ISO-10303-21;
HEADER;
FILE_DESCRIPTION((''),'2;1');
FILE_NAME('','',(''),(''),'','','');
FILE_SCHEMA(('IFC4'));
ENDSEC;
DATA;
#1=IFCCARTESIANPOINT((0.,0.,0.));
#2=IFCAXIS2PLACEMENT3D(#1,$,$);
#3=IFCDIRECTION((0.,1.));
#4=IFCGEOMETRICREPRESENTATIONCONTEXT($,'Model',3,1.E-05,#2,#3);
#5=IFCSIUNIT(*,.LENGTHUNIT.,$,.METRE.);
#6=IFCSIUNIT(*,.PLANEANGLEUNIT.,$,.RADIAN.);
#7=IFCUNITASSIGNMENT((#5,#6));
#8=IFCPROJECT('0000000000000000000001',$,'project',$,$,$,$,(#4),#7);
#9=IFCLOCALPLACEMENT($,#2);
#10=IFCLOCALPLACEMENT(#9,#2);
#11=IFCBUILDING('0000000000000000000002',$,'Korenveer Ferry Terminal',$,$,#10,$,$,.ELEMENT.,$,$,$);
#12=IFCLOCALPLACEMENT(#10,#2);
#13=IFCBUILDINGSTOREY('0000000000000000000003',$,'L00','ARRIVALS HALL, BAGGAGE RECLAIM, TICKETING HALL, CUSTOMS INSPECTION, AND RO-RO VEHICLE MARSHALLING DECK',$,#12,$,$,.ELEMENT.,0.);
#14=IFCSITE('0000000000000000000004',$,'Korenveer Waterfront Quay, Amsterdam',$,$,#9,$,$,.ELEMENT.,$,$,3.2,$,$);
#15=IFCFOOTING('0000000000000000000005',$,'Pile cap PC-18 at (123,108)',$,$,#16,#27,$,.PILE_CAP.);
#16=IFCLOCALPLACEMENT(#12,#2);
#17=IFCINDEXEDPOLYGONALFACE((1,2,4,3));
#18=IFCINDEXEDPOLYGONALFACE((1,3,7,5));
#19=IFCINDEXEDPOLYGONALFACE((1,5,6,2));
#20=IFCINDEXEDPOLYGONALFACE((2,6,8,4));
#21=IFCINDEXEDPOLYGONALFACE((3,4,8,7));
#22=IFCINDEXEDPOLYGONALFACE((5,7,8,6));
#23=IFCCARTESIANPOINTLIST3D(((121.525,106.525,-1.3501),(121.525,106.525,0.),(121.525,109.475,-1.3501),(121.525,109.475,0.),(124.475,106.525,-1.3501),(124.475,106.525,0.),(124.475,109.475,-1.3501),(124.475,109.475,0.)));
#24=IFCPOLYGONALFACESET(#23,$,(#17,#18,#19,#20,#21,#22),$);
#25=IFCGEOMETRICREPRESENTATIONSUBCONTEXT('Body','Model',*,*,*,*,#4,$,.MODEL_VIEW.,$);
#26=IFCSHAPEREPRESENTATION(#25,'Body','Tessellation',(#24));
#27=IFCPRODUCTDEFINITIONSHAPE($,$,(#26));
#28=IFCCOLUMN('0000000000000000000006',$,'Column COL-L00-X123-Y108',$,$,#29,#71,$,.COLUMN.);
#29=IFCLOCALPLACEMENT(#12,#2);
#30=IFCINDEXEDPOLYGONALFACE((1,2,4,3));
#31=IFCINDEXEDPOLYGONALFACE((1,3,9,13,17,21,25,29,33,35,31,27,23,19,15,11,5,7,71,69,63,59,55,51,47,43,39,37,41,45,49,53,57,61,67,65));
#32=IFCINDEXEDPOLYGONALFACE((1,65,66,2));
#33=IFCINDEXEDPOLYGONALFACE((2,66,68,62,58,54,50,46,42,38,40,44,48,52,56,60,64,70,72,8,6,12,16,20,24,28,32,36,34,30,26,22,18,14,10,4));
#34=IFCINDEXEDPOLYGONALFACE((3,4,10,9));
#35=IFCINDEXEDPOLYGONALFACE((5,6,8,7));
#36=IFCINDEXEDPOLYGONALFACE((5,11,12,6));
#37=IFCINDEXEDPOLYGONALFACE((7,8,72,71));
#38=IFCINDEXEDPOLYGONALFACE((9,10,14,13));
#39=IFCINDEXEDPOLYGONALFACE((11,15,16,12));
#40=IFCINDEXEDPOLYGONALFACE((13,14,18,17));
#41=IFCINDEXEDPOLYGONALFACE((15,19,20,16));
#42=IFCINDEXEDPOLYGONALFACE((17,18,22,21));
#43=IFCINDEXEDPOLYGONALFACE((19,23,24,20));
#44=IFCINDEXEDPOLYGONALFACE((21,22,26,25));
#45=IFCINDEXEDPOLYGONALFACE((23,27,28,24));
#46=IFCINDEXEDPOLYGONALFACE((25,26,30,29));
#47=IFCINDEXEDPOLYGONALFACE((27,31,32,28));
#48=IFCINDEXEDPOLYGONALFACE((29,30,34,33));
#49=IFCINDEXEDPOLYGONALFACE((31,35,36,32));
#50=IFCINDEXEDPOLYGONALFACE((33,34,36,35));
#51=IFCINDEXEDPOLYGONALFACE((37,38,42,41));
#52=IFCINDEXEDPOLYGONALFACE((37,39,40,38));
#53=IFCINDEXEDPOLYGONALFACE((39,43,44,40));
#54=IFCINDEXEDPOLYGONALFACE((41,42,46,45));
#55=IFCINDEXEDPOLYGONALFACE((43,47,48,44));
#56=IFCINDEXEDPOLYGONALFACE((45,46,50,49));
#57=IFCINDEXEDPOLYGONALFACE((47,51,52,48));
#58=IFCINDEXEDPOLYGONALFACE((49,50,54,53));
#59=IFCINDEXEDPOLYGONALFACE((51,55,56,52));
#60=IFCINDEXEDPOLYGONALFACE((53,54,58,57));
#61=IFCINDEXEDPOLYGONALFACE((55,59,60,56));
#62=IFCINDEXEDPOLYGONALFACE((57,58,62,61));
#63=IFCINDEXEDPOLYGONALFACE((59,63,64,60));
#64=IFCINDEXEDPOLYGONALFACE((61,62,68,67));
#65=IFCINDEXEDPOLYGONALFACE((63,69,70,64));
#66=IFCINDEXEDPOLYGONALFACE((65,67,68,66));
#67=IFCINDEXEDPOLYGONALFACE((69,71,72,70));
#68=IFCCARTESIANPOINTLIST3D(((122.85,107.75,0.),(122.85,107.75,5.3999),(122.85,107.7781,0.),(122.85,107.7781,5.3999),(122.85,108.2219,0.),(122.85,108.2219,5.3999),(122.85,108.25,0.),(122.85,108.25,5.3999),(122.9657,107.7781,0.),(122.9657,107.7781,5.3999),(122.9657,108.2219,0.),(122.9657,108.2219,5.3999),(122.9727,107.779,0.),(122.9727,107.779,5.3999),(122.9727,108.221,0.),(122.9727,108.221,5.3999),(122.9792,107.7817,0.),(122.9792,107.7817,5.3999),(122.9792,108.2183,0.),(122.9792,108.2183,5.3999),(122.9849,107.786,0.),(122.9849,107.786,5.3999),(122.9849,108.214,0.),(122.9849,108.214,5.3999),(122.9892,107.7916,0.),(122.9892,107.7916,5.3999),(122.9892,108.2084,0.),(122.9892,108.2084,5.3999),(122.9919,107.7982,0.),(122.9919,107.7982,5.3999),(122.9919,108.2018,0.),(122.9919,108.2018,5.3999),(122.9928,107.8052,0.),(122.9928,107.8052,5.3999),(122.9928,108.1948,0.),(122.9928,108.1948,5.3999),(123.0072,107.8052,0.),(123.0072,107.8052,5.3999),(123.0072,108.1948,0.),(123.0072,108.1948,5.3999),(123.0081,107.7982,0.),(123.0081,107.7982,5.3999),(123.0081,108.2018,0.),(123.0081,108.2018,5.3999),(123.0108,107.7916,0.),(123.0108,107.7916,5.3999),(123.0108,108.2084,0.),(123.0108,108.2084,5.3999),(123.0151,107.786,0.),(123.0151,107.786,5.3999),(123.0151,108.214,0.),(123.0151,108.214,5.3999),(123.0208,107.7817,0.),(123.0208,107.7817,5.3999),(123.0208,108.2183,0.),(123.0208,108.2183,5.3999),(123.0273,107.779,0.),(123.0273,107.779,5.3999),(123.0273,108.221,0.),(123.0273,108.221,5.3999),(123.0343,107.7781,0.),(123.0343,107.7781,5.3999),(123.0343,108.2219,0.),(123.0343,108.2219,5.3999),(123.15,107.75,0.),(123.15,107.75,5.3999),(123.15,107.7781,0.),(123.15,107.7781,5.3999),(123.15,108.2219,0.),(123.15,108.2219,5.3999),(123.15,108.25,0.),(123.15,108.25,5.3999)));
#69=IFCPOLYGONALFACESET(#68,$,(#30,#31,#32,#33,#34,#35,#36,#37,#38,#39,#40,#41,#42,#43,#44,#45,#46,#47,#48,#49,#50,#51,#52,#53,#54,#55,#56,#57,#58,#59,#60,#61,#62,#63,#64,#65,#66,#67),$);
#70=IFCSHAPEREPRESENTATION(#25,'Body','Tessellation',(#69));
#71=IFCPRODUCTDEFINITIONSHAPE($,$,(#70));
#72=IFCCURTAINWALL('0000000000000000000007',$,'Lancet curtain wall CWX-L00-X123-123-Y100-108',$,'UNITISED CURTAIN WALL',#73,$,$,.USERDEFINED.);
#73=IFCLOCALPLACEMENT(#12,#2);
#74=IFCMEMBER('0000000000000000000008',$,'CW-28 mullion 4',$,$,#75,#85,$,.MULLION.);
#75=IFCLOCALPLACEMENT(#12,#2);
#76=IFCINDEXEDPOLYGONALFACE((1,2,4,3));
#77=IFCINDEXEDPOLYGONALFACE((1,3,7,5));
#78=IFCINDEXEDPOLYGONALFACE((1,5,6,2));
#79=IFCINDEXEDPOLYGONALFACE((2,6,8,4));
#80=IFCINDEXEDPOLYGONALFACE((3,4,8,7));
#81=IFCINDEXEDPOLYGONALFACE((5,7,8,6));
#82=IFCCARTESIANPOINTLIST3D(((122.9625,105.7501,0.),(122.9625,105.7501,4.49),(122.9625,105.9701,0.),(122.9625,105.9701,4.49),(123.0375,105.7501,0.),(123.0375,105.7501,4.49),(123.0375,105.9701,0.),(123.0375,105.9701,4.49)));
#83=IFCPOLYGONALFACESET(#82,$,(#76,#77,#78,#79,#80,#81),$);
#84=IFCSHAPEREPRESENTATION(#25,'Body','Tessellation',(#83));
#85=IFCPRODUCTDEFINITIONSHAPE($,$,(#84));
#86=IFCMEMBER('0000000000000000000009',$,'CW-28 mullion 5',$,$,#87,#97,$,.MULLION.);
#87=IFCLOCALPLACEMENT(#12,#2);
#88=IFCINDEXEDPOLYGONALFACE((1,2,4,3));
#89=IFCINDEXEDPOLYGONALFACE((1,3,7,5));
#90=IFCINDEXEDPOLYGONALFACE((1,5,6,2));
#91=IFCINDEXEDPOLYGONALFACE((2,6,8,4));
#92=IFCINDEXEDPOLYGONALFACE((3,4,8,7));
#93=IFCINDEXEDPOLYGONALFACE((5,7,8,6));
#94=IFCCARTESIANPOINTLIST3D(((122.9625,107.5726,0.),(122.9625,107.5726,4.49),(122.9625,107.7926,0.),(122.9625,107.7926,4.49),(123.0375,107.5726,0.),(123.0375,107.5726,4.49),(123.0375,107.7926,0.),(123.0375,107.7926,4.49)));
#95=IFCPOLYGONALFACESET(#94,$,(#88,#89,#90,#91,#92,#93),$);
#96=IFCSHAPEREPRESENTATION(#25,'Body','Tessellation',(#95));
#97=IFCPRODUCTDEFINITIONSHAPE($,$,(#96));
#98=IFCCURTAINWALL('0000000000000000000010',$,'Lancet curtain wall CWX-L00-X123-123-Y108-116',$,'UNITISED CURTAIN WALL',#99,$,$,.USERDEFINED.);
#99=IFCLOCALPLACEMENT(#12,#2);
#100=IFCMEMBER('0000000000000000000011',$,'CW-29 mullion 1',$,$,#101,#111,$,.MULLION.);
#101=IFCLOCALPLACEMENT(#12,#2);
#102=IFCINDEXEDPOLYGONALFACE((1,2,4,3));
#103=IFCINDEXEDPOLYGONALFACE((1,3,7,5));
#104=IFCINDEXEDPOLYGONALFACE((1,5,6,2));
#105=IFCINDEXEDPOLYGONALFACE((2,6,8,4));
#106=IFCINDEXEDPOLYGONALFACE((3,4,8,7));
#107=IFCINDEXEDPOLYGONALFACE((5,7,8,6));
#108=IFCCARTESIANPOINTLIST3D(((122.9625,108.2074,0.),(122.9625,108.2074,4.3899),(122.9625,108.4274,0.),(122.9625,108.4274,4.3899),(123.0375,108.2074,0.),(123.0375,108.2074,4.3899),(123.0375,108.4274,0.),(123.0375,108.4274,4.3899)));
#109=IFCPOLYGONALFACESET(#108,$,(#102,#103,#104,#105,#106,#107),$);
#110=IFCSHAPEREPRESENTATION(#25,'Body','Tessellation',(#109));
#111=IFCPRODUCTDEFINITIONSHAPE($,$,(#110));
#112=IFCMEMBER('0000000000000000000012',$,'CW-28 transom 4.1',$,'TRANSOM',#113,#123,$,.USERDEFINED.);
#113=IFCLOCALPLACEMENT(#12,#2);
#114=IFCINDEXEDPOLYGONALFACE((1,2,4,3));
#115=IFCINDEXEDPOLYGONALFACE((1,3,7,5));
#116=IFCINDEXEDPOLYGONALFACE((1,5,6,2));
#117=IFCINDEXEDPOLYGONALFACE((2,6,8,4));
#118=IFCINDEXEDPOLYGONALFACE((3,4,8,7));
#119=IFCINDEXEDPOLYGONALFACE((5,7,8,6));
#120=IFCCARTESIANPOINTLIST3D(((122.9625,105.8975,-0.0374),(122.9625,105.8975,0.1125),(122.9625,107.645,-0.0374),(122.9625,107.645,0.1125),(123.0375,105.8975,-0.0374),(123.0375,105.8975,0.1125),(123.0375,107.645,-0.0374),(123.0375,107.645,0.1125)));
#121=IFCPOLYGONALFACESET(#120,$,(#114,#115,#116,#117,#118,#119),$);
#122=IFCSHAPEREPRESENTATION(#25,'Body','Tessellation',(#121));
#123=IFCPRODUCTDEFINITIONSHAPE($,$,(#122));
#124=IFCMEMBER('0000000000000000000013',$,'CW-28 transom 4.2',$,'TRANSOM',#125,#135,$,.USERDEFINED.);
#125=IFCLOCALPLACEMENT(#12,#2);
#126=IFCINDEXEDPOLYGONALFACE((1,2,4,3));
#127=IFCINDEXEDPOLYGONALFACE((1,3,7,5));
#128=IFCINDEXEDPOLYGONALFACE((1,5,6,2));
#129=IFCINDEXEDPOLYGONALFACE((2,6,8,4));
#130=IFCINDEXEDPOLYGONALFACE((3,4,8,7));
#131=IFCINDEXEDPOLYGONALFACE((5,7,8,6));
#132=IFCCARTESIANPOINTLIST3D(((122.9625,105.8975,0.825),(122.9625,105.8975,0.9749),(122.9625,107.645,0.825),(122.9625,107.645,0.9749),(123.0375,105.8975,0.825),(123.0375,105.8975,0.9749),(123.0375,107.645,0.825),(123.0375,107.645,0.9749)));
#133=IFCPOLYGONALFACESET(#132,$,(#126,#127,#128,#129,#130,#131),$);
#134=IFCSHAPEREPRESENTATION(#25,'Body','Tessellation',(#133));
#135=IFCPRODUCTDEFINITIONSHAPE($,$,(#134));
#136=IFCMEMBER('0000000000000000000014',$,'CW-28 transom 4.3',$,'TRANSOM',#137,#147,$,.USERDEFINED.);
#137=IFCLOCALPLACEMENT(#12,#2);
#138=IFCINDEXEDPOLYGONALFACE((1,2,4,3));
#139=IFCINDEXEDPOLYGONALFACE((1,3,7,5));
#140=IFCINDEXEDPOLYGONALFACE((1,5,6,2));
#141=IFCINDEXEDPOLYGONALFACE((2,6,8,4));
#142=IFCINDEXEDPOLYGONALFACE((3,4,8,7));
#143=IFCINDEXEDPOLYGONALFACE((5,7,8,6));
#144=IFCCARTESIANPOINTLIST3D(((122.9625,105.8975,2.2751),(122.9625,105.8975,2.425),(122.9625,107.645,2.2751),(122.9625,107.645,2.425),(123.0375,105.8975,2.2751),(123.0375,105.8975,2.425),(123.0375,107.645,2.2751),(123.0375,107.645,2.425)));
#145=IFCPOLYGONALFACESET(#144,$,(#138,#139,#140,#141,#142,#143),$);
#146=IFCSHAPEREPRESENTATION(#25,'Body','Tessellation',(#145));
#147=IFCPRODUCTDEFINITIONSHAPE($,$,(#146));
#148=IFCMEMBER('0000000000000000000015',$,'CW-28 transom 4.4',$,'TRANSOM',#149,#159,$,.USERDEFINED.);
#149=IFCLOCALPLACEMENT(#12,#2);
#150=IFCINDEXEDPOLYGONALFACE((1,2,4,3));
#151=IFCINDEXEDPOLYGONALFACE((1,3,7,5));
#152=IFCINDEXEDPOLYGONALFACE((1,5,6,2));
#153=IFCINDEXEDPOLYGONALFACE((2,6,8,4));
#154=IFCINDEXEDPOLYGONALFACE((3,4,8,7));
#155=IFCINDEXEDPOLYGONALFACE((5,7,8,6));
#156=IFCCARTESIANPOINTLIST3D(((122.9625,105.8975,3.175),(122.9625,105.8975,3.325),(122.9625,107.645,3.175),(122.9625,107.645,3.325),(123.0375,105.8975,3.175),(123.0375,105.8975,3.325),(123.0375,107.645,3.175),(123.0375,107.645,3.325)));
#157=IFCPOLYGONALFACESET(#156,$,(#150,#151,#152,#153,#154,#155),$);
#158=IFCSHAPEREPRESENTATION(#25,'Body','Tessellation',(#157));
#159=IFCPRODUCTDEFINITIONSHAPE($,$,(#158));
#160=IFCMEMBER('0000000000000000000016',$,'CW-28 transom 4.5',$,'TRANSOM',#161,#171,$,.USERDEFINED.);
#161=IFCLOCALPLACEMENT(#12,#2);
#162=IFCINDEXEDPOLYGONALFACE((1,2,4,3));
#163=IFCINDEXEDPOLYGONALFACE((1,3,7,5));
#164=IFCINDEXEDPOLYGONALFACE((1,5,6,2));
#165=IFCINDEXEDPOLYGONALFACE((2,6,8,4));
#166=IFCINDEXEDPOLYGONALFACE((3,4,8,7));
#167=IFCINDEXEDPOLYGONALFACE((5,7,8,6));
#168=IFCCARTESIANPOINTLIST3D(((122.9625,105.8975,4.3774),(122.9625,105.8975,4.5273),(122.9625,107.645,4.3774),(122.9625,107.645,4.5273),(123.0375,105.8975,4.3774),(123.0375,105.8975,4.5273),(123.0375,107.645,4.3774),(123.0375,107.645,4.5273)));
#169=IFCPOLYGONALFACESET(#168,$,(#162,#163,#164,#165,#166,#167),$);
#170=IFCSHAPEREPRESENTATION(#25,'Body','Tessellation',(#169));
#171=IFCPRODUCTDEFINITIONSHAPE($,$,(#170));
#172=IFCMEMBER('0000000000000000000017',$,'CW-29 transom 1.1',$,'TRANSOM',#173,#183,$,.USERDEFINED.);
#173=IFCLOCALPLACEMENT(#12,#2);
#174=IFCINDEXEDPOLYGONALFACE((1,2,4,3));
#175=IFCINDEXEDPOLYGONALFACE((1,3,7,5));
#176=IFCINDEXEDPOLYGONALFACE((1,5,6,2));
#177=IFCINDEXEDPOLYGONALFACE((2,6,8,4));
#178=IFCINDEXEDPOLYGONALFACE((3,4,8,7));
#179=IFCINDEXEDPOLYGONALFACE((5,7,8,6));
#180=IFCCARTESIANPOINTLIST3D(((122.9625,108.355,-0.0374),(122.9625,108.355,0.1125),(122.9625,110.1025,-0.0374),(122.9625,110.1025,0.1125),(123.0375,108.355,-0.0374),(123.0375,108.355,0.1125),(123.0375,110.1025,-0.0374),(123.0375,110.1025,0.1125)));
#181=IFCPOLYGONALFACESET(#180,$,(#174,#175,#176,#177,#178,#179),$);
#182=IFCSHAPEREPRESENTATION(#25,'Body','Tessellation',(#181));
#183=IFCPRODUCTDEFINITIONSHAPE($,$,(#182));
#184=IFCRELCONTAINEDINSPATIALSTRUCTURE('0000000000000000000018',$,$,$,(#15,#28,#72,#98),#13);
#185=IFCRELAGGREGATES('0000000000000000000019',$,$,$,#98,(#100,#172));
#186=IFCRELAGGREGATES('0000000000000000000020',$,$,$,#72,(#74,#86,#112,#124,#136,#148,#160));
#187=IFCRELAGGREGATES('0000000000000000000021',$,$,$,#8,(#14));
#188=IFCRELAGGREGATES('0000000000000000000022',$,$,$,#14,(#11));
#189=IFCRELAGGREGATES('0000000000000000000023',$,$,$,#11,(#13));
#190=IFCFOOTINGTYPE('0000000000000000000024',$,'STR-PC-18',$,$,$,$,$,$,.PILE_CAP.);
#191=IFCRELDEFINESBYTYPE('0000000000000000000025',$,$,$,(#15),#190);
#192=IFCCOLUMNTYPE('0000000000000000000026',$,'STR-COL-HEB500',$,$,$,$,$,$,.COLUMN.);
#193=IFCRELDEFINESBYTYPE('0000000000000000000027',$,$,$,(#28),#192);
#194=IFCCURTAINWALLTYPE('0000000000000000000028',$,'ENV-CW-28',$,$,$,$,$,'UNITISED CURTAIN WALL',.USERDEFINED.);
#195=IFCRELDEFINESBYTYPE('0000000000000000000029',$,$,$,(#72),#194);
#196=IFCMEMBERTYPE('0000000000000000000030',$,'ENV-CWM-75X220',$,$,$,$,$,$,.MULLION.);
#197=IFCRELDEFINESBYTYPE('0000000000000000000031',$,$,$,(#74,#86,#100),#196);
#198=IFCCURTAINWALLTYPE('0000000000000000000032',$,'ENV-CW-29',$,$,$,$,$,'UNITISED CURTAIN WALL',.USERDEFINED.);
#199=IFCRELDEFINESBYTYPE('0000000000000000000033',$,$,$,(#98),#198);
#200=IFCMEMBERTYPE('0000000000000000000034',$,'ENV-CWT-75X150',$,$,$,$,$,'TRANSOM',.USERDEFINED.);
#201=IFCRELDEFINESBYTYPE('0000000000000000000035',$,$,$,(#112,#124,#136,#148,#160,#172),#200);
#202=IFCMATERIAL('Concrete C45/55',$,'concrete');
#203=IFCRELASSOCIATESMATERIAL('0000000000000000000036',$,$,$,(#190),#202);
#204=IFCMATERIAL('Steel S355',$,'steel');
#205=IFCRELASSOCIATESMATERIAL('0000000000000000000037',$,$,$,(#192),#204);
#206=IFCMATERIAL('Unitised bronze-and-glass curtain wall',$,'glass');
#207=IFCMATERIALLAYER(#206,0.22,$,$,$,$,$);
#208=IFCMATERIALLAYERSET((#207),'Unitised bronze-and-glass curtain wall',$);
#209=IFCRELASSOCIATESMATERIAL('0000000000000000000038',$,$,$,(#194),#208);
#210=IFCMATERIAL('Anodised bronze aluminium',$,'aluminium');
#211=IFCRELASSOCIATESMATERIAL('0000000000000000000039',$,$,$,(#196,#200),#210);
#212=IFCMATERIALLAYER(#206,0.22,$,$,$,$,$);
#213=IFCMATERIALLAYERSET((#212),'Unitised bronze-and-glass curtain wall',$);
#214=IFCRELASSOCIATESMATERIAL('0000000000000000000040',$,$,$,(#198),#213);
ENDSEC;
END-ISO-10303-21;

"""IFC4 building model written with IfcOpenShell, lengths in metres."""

from ifc_helpers import new_model, si_unit, direction, frame, origin, origin_2d, place, context, subcontext, project, spatial, rectangle, i_section, extrude, material, layer, layer_set, material_profile, profile_set, type_object, element, aggregate, save


model = new_model("IFC4")

# Units and contexts
model_context = context("Model", 3, precision=1e-05, world=origin(), true_north=direction((0.0, 1.0)))
body_context = subcontext(model_context, "Body", "Model", "MODEL_VIEW")
ifc_project = project(units=[si_unit("LENGTHUNIT", "METRE"), si_unit("PLANEANGLEUNIT", "RADIAN")], contexts=[model_context])

# Site, building, storey
site_placement = place(None, origin())
site = spatial("IfcSite", under=ifc_project, at=site_placement, Name="Korenveer Waterfront Quay, Amsterdam", CompositionType="ELEMENT", RefElevation=3.2)
building_placement = place(site_placement, origin())
building = spatial("IfcBuilding", under=site, at=building_placement, Name="Korenveer Ferry Terminal", CompositionType="ELEMENT")
storey_placement = place(building_placement, origin())
storey = spatial("IfcBuildingStorey", under=building, at=storey_placement, Name="L00", Description="ARRIVALS HALL, BAGGAGE RECLAIM, TICKETING HALL, CUSTOMS INSPECTION, AND RO-RO VEHICLE MARSHALLING DECK", CompositionType="ELEMENT", Elevation=0.0)

# Footing
ifc_material_1 = material(Name="Concrete C45/55", Category="concrete")
footing_type = type_object("IfcFootingType", Name="STR-PC-18", PredefinedType="PILE_CAP", material=ifc_material_1)
footing_placement = place(storey_placement, frame((123.0, 108.0, -1.3501), z_axis=(0.0, 0.0, 1.0), x_axis=(1.0, 0.0, 0.0)))
element("IfcFooting", 1, at=footing_placement, inside=storey, type_object=footing_type, Name="Pile cap PC-18 at (123,108)", PredefinedType="PILE_CAP", context=body_context, shape_type="SweptSolid", body=[
    extrude(rectangle(XDim=2.95, YDim=2.95, at=origin_2d()), origin(), (0.0, 0.0, 1.0), 1.3501),
])

# Column
ifc_material_2 = material(Name="Steel S355", Category="steel")
ifc_material_profile_1 = material_profile(ifc_material_2, i_section(OverallWidth=0.3, OverallDepth=0.5, WebThickness=0.0144, FlangeThickness=0.0281, FilletRadius=0.0271, at=origin_2d()), Name="HEB 500")
ifc_profile_set_1 = profile_set([ifc_material_profile_1], Name="Steel S355")
column_type = type_object("IfcColumnType", Name="STR-COL-HEB500", PredefinedType="COLUMN", material=ifc_profile_set_1)
column_placement = place(storey_placement, frame((123.0, 108.0, 0.0), z_axis=(0.0, 0.0, 1.0), x_axis=(1.0, 0.0, 0.0)))
element("IfcColumn", 2, at=column_placement, inside=storey, type_object=column_type, Name="Column COL-L00-X123-Y108", PredefinedType="COLUMN", context=body_context, shape_type="SweptSolid", body=[
    extrude(i_section(OverallWidth=0.3, OverallDepth=0.5, WebThickness=0.0144, FlangeThickness=0.0281, FilletRadius=0.0271, at=origin_2d()), origin(), (0.0, 0.0, 1.0), 5.3999),
])

# Curtain wall, members
ifc_material_3 = material(Name="Unitised bronze-and-glass curtain wall", Category="glass")
ifc_layer_1 = layer(ifc_material_3, 0.22)
ifc_layer_set_1 = layer_set([ifc_layer_1], Name="Unitised bronze-and-glass curtain wall")
curtain_wall_type_1 = type_object("IfcCurtainWallType", Name="ENV-CW-28", ElementType="UNITISED CURTAIN WALL", PredefinedType="USERDEFINED", material=ifc_layer_set_1)
curtain_wall_1_placement = place(storey_placement, frame((123.0, 100.28, 0.0)))
curtain_wall_1 = element("IfcCurtainWall", 3, at=curtain_wall_1_placement, inside=storey, type_object=curtain_wall_type_1, Name="Lancet curtain wall CWX-L00-X123-123-Y100-108", ObjectType="UNITISED CURTAIN WALL", PredefinedType="USERDEFINED")
ifc_material_4 = material(Name="Anodised bronze aluminium", Category="aluminium")
ifc_material_profile_2 = material_profile(ifc_material_4, rectangle(XDim=0.075, YDim=0.22, at=origin_2d()), Name="ALU 75x220")
ifc_profile_set_2 = profile_set([ifc_material_profile_2], Name="Anodised bronze aluminium")
member_type_1 = type_object("IfcMemberType", Name="ENV-CWM-75X220", PredefinedType="MULLION", material=ifc_profile_set_2)
member_1_placement = place(storey_placement, frame((123.0, 105.8601, 0.0), z_axis=(0.0, 0.0, 1.0), x_axis=(-1.0, 0.0, 0.0)))
member_1 = element("IfcMember", 4, at=member_1_placement, type_object=member_type_1, Name="CW-28 mullion 4", PredefinedType="MULLION", context=body_context, shape_type="SweptSolid", body=[
    extrude(rectangle(XDim=0.075, YDim=0.22, at=origin_2d()), origin(), (0.0, 0.0, 1.0), 4.49),
])
member_2_placement = place(storey_placement, frame((123.0, 107.6826, 0.0), z_axis=(0.0, 0.0, 1.0), x_axis=(-1.0, 0.0, 0.0)))
member_2 = element("IfcMember", 5, at=member_2_placement, type_object=member_type_1, Name="CW-28 mullion 5", PredefinedType="MULLION", context=body_context, shape_type="SweptSolid", body=[
    extrude(rectangle(XDim=0.075, YDim=0.22, at=origin_2d()), origin(), (0.0, 0.0, 1.0), 4.49),
])

# Curtain wall, member
ifc_layer_2 = layer(ifc_material_3, 0.22)
ifc_layer_set_2 = layer_set([ifc_layer_2], Name="Unitised bronze-and-glass curtain wall")
curtain_wall_type_2 = type_object("IfcCurtainWallType", Name="ENV-CW-29", ElementType="UNITISED CURTAIN WALL", PredefinedType="USERDEFINED", material=ifc_layer_set_2)
curtain_wall_2_placement = place(storey_placement, frame((123.0, 108.28, 0.0)))
curtain_wall_2 = element("IfcCurtainWall", 6, at=curtain_wall_2_placement, inside=storey, type_object=curtain_wall_type_2, Name="Lancet curtain wall CWX-L00-X123-123-Y108-116", ObjectType="UNITISED CURTAIN WALL", PredefinedType="USERDEFINED")
member_3_placement = place(storey_placement, frame((123.0, 108.3174, 0.0), z_axis=(0.0, 0.0, 1.0), x_axis=(-1.0, 0.0, 0.0)))
member_3 = element("IfcMember", 7, at=member_3_placement, type_object=member_type_1, Name="CW-29 mullion 1", PredefinedType="MULLION", context=body_context, shape_type="SweptSolid", body=[
    extrude(rectangle(XDim=0.075, YDim=0.22, at=origin_2d()), origin(), (0.0, 0.0, 1.0), 4.3899),
])

# Members
ifc_material_profile_3 = material_profile(ifc_material_4, rectangle(XDim=0.075, YDim=0.1499, at=origin_2d()), Name="ALU 75x150")
ifc_profile_set_3 = profile_set([ifc_material_profile_3], Name="Anodised bronze aluminium")
member_type_2 = type_object("IfcMemberType", Name="ENV-CWT-75X150", ElementType="TRANSOM", PredefinedType="USERDEFINED", material=ifc_profile_set_3)
member_4_placement = place(storey_placement, frame((123.0, 105.8975, 0.0376), z_axis=(0.0, 1.0, 0.0), x_axis=(-1.0, 0.0, 0.0)))
member_4 = element("IfcMember", 8, at=member_4_placement, type_object=member_type_2, Name="CW-28 transom 4.1", ObjectType="TRANSOM", PredefinedType="USERDEFINED", context=body_context, shape_type="SweptSolid", body=[
    extrude(rectangle(XDim=0.075, YDim=0.1499, at=origin_2d()), origin(), (0.0, 0.0, 1.0), 1.7476),
])
member_5_placement = place(storey_placement, frame((123.0, 105.8975, 0.8999), z_axis=(0.0, 1.0, 0.0), x_axis=(-1.0, 0.0, 0.0)))
member_5 = element("IfcMember", 9, at=member_5_placement, type_object=member_type_2, Name="CW-28 transom 4.2", ObjectType="TRANSOM", PredefinedType="USERDEFINED", context=body_context, shape_type="SweptSolid", body=[
    extrude(rectangle(XDim=0.075, YDim=0.1499, at=origin_2d()), origin(), (0.0, 0.0, 1.0), 1.7476),
])
member_6_placement = place(storey_placement, frame((123.0, 105.8975, 2.3501), z_axis=(0.0, 1.0, 0.0), x_axis=(-1.0, 0.0, 0.0)))
member_6 = element("IfcMember", 10, at=member_6_placement, type_object=member_type_2, Name="CW-28 transom 4.3", ObjectType="TRANSOM", PredefinedType="USERDEFINED", context=body_context, shape_type="SweptSolid", body=[
    extrude(rectangle(XDim=0.075, YDim=0.1499, at=origin_2d()), origin(), (0.0, 0.0, 1.0), 1.7476),
])
member_7_placement = place(storey_placement, frame((123.0, 105.8975, 3.25), z_axis=(0.0, 1.0, 0.0), x_axis=(-1.0, 0.0, 0.0)))
member_7 = element("IfcMember", 11, at=member_7_placement, type_object=member_type_2, Name="CW-28 transom 4.4", ObjectType="TRANSOM", PredefinedType="USERDEFINED", context=body_context, shape_type="SweptSolid", body=[
    extrude(rectangle(XDim=0.075, YDim=0.1499, at=origin_2d()), origin(), (0.0, 0.0, 1.0), 1.7476),
])
member_8_placement = place(storey_placement, frame((123.0, 105.8975, 4.4524), z_axis=(0.0, 1.0, 0.0), x_axis=(-1.0, 0.0, 0.0)))
member_8 = element("IfcMember", 12, at=member_8_placement, type_object=member_type_2, Name="CW-28 transom 4.5", ObjectType="TRANSOM", PredefinedType="USERDEFINED", context=body_context, shape_type="SweptSolid", body=[
    extrude(rectangle(XDim=0.075, YDim=0.1499, at=origin_2d()), origin(), (0.0, 0.0, 1.0), 1.7476),
])
member_9_placement = place(storey_placement, frame((123.0, 108.355, 0.0376), z_axis=(0.0, 1.0, 0.0), x_axis=(-1.0, 0.0, 0.0)))
member_9 = element("IfcMember", 13, at=member_9_placement, type_object=member_type_2, Name="CW-29 transom 1.1", ObjectType="TRANSOM", PredefinedType="USERDEFINED", context=body_context, shape_type="SweptSolid", body=[
    extrude(rectangle(XDim=0.075, YDim=0.1499, at=origin_2d()), origin(), (0.0, 0.0, 1.0), 1.7476),
])
aggregate(curtain_wall_2, [member_3, member_9])

aggregate(curtain_wall_1, [member_1, member_2, member_4, member_5, member_6, member_7, member_8])

save(model, "model.ifc")
